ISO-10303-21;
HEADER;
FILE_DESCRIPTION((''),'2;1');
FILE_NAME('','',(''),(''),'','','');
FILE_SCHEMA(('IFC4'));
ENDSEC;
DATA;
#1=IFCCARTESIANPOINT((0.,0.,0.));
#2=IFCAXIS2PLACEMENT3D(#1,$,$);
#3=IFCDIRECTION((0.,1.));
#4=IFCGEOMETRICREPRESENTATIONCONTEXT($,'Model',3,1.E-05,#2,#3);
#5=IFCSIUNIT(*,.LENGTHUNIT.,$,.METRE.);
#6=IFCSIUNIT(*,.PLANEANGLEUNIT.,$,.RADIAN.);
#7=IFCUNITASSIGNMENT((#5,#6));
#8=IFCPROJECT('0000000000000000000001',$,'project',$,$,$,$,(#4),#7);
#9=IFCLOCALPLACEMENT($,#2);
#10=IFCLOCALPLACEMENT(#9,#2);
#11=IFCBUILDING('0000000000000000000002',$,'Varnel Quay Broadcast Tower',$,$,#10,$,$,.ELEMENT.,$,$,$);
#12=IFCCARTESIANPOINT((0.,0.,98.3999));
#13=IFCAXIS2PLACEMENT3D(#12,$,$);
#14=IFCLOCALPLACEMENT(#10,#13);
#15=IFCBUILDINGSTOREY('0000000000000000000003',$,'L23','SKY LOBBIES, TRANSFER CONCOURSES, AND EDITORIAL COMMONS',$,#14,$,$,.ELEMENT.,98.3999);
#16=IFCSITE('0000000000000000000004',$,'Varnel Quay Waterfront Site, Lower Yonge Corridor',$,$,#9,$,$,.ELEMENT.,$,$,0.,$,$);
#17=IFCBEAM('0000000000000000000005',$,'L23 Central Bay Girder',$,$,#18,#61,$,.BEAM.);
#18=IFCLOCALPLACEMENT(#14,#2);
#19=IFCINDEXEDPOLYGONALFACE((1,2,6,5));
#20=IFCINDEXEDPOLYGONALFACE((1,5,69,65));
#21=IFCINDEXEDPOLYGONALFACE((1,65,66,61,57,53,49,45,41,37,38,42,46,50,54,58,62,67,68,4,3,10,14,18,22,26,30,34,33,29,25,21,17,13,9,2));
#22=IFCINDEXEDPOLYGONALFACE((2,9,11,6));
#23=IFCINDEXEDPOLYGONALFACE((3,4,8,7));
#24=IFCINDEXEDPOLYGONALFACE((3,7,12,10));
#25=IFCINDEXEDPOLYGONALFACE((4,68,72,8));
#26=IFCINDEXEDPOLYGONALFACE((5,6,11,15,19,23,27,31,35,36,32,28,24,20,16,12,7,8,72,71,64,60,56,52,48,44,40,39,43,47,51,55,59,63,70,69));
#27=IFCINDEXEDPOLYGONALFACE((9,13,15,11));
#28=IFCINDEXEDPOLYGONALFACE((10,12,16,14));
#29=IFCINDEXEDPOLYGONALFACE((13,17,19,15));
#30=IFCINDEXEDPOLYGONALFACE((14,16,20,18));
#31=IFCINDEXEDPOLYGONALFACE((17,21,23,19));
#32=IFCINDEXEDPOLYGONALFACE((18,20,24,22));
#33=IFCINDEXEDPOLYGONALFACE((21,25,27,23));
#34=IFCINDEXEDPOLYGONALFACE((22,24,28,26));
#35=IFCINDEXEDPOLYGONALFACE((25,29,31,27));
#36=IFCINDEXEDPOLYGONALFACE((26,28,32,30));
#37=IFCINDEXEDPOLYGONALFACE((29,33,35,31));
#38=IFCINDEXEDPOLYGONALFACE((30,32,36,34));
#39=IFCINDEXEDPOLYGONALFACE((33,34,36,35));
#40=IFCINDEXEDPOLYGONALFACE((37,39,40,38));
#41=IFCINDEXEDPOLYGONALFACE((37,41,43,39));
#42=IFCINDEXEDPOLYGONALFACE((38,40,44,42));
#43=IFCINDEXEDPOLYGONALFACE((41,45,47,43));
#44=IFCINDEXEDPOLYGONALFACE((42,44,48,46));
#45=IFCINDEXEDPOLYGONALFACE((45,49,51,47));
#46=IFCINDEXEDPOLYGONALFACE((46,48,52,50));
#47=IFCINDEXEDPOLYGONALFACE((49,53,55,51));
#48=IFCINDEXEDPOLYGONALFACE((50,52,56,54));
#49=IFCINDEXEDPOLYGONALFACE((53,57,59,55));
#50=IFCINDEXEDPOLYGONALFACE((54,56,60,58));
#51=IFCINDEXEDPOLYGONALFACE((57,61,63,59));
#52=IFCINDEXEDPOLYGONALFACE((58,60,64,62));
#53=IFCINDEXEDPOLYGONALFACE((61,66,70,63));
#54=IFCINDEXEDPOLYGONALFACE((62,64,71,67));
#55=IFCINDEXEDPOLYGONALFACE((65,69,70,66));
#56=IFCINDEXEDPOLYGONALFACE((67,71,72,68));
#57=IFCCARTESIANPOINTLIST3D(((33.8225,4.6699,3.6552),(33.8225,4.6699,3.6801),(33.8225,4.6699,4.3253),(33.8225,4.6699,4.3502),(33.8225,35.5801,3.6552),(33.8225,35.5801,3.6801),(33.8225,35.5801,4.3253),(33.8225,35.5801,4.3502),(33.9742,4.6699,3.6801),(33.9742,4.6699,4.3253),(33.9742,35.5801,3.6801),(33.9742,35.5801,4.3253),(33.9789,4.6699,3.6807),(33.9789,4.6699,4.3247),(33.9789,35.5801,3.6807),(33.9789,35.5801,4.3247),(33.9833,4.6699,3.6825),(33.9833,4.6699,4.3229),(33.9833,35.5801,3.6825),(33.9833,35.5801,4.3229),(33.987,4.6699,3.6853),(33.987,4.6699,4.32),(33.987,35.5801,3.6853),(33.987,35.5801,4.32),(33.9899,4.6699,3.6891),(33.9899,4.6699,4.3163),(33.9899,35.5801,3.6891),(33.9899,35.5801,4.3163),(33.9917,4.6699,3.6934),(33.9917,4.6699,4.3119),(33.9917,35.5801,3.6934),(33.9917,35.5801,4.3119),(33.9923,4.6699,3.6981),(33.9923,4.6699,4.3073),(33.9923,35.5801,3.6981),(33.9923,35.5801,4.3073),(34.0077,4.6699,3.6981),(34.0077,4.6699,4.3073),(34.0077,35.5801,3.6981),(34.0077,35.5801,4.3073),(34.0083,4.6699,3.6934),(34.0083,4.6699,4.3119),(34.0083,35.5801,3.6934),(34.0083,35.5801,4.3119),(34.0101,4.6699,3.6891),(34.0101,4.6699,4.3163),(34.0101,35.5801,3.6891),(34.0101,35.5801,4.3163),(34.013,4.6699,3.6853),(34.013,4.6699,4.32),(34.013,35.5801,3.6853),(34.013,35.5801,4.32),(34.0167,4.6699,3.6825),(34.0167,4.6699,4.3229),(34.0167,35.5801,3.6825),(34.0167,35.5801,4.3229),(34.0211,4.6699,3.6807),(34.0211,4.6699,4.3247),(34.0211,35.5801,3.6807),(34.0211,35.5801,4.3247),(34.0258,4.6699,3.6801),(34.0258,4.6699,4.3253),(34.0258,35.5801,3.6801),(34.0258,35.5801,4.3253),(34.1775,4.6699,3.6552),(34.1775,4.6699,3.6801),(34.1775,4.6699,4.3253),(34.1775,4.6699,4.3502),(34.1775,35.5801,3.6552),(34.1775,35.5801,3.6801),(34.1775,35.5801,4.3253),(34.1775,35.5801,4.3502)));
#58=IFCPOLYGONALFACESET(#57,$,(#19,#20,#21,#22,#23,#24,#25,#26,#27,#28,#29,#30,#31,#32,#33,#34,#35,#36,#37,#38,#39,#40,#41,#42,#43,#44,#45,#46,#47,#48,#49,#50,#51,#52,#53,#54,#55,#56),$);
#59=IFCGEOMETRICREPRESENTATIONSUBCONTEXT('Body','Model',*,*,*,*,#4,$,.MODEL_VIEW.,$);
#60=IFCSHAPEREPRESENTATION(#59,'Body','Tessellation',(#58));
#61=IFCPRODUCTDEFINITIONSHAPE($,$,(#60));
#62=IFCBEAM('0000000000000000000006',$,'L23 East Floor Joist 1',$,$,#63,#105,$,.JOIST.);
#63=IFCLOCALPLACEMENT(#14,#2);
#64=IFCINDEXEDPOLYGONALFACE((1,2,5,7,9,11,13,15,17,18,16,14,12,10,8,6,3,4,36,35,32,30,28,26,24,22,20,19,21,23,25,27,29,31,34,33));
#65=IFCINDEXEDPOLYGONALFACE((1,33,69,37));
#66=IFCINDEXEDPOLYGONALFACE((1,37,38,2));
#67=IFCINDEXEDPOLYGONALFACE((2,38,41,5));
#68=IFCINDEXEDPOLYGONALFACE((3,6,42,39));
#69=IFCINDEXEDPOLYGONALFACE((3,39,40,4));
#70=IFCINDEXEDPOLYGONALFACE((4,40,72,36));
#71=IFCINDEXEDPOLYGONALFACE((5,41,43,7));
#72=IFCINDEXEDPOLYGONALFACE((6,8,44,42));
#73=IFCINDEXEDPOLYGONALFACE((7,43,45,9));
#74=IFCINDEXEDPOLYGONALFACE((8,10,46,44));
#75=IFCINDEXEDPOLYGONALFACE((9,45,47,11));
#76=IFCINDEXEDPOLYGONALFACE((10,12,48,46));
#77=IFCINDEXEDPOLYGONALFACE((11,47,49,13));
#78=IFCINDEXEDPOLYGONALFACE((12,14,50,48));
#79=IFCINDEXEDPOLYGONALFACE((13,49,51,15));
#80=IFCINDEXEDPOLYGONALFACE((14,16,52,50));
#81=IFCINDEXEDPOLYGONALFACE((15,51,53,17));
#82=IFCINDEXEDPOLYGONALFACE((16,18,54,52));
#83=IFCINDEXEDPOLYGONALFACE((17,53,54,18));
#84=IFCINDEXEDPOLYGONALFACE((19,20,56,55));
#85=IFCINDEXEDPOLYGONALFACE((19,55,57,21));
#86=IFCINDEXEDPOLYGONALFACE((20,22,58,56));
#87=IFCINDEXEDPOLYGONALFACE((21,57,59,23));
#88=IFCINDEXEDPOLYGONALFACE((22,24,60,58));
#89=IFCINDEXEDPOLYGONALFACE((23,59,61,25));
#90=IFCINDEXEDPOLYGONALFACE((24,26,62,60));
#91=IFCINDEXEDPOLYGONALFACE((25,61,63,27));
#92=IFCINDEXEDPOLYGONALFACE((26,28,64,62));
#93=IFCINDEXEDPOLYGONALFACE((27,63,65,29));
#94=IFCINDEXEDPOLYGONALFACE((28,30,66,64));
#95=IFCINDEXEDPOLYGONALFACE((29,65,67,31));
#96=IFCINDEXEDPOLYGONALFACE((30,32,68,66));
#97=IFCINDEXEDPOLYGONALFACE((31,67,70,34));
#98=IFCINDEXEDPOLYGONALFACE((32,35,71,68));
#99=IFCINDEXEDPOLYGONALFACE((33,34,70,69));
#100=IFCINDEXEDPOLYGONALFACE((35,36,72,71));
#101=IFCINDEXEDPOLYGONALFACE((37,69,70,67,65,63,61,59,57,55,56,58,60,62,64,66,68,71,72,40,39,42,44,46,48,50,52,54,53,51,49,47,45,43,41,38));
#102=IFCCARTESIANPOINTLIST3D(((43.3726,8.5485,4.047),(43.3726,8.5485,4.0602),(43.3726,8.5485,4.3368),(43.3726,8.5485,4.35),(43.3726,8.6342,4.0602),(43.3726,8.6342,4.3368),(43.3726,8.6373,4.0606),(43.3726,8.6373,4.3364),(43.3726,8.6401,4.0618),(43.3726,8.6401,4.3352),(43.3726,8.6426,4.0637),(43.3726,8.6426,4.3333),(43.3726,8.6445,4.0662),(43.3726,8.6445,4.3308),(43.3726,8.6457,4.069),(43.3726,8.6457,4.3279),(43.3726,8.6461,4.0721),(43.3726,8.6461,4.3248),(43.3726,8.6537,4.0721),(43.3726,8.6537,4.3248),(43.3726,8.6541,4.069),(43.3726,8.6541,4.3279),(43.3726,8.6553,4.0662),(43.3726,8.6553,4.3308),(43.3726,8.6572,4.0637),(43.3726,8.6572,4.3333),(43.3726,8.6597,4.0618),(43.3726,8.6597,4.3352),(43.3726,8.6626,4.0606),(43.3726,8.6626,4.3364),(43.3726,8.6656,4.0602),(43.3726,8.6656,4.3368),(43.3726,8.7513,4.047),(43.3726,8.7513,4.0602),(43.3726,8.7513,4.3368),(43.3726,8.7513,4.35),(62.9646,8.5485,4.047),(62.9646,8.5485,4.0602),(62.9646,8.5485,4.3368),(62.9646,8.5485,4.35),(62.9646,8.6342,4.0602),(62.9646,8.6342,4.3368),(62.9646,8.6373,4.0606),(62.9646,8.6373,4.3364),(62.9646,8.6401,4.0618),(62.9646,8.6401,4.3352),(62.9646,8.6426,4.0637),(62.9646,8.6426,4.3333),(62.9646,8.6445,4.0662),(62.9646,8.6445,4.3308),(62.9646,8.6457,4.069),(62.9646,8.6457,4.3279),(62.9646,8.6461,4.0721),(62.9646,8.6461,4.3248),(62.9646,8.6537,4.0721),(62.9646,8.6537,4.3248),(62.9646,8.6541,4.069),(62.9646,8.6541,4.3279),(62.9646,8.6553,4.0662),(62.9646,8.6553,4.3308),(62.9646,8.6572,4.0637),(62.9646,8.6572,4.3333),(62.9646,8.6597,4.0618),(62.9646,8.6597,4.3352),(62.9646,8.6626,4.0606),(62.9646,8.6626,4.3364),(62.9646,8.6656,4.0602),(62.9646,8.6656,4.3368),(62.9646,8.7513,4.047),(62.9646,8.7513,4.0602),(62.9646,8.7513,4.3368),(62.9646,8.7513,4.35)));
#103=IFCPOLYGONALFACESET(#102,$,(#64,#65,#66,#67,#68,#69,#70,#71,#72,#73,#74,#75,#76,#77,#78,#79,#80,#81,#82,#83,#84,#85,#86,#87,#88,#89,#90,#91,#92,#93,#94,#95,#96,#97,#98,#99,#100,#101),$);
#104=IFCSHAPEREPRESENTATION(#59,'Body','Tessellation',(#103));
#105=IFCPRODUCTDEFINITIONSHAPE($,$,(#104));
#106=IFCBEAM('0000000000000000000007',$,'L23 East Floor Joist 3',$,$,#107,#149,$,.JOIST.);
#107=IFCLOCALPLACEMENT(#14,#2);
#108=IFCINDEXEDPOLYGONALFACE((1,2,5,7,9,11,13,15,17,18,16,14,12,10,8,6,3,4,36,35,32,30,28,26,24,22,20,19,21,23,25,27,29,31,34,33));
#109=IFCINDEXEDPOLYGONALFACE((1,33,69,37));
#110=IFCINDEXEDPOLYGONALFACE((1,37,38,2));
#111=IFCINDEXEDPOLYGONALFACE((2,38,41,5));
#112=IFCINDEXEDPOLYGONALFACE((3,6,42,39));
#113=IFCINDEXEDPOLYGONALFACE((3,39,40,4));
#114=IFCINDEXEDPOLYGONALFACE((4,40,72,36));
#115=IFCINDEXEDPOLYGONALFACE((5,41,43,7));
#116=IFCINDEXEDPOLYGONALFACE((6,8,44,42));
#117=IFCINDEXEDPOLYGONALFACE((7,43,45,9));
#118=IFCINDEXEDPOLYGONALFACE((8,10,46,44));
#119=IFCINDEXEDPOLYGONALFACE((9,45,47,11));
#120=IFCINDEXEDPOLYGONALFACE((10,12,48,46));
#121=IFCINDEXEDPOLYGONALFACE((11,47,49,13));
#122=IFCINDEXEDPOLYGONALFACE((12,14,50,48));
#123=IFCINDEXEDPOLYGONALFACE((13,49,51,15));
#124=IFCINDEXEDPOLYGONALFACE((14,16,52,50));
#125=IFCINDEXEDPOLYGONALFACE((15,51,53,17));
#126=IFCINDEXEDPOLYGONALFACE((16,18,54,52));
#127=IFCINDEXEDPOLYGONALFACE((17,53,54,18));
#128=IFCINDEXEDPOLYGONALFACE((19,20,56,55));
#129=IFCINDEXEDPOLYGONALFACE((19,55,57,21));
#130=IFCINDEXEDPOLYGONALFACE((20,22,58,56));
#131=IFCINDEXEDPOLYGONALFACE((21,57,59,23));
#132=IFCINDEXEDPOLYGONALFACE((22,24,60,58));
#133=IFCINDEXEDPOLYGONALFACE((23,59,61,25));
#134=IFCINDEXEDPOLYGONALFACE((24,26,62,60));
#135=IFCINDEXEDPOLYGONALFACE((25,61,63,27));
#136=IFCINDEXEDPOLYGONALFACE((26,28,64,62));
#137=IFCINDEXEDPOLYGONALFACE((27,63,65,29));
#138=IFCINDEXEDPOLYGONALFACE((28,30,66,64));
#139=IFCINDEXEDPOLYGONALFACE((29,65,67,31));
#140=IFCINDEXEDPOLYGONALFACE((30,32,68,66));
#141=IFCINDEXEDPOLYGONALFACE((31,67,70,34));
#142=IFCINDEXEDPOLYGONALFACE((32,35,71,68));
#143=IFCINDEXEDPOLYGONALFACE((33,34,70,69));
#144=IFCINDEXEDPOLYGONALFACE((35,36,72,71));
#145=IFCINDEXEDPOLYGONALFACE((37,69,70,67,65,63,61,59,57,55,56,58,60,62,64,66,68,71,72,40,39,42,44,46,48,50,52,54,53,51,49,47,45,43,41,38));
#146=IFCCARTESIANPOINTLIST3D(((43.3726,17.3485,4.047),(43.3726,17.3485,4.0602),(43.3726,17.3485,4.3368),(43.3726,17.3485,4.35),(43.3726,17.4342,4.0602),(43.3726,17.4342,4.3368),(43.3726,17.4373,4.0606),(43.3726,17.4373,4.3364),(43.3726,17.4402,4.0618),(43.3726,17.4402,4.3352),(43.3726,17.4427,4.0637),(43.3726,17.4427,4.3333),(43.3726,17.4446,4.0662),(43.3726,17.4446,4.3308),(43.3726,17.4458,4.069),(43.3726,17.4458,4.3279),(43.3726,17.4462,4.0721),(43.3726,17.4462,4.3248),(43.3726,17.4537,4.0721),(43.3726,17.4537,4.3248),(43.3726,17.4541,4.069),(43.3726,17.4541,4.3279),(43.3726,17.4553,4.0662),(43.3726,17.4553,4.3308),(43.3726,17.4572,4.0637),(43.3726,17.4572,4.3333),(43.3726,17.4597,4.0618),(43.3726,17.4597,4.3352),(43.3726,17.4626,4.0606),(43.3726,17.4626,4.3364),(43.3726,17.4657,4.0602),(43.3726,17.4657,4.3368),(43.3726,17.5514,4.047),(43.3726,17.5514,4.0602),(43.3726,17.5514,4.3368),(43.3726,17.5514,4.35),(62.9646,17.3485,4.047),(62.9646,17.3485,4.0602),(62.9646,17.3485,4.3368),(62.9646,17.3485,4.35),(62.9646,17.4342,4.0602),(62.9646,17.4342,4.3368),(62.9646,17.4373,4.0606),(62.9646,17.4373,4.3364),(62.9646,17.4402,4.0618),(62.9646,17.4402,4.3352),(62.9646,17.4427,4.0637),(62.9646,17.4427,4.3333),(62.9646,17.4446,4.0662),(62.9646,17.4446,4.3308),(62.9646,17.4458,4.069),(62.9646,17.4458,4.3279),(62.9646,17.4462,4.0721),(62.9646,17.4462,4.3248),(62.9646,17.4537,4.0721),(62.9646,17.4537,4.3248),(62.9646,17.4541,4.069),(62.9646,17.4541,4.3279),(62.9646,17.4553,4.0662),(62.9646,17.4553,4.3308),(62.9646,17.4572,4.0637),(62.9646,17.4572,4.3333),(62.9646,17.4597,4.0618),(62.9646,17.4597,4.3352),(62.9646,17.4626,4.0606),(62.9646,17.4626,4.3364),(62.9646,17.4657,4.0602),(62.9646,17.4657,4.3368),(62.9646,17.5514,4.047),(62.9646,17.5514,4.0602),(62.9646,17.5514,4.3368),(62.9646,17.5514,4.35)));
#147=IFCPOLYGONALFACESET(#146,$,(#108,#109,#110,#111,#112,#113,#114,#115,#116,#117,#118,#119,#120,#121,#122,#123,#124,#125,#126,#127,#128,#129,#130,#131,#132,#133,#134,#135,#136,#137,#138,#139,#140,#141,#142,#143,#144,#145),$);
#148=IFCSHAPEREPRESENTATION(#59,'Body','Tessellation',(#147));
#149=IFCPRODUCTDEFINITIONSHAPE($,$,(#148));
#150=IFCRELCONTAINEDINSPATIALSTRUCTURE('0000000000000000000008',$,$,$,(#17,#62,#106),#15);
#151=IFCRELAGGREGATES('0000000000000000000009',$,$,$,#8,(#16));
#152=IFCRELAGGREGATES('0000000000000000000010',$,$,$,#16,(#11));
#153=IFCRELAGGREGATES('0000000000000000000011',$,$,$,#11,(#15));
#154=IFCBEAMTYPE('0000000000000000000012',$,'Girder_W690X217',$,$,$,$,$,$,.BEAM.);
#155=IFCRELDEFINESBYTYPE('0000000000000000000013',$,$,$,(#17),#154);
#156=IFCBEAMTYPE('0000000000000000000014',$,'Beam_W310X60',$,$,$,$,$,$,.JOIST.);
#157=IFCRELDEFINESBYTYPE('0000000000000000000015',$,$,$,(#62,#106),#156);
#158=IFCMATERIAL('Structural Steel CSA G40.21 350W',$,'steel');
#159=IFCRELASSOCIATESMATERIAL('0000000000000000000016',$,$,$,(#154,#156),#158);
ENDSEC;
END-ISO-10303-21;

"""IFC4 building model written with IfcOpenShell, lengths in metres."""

from ifc_helpers import new_model, si_unit, direction, frame, origin, origin_2d, place, context, subcontext, project, spatial, i_section, extrude, source, transform, mapped, material, material_profile, profile_set, type_object, type_shapes, element, save


model = new_model("IFC4")

# Units and contexts
model_context = context("Model", 3, precision=1e-05, world=origin(), true_north=direction((0.0, 1.0)))
body_context = subcontext(model_context, "Body", "Model", "MODEL_VIEW")
ifc_project = project(units=[si_unit("LENGTHUNIT", "METRE"), si_unit("PLANEANGLEUNIT", "RADIAN")], contexts=[model_context])

# Site, building, storey
site_placement = place(None, origin())
site = spatial("IfcSite", under=ifc_project, at=site_placement, Name="Varnel Quay Waterfront Site, Lower Yonge Corridor", CompositionType="ELEMENT", RefElevation=0.0)
building_placement = place(site_placement, origin())
building = spatial("IfcBuilding", under=site, at=building_placement, Name="Varnel Quay Broadcast Tower", CompositionType="ELEMENT")
storey_placement = place(building_placement, frame((0.0, 0.0, 98.3999)))
storey = spatial("IfcBuildingStorey", under=building, at=storey_placement, Name="L23", Description="SKY LOBBIES, TRANSFER CONCOURSES, AND EDITORIAL COMMONS", CompositionType="ELEMENT", Elevation=98.3999)

# Shared definitions
ifc_material_1 = material(Name="Structural Steel CSA G40.21 350W", Category="steel")

# Beams
ifc_material_profile_1 = material_profile(ifc_material_1, i_section(OverallWidth=0.355, OverallDepth=0.6951, WebThickness=0.0154, FlangeThickness=0.0249, FilletRadius=0.0181, at=origin_2d()), Name="W690X217")
ifc_profile_set_1 = profile_set([ifc_material_profile_1], Name="Structural Steel CSA G40.21 350W")
beam_type_1 = type_object("IfcBeamType", Name="Girder_W690X217", PredefinedType="BEAM", material=ifc_profile_set_1)
shared_shape_1 = source(origin(), body_context, "Body", "SweptSolid", [
    extrude(i_section(OverallWidth=0.355, OverallDepth=0.6951, WebThickness=0.0154, FlangeThickness=0.0249, FilletRadius=0.0181, at=origin_2d()), origin(), (0.0, 0.0, 1.0), 30.9102),
])
beam_1_placement = place(storey_placement, frame((34.0, 4.6699, 4.0027), z_axis=(0.0, 1.0, 0.0), x_axis=(-1.0, 0.0, 0.0)))
element("IfcBeam", 1, at=beam_1_placement, inside=storey, type_object=beam_type_1, Name="L23 Central Bay Girder", PredefinedType="BEAM", context=body_context, shape_type="MappedRepresentation", body=[
    mapped(shared_shape_1, transform((0.0, 0.0, 0.0), x_axis=(1.0, 0.0, 0.0), y_axis=(0.0, 1.0, 0.0), z_axis=(0.0, 0.0, 1.0), scale=1.0)),
])
ifc_material_profile_2 = material_profile(ifc_material_1, i_section(OverallWidth=0.2029, OverallDepth=0.303, WebThickness=0.0076, FlangeThickness=0.0132, FilletRadius=0.012, at=origin_2d()), Name="W310X60")
ifc_profile_set_2 = profile_set([ifc_material_profile_2], Name="Structural Steel CSA G40.21 350W")
beam_type_2 = type_object("IfcBeamType", Name="Beam_W310X60", PredefinedType="JOIST", material=ifc_profile_set_2)
shared_shape_2 = source(origin(), body_context, "Body", "SweptSolid", [
    extrude(i_section(OverallWidth=0.2029, OverallDepth=0.303, WebThickness=0.0076, FlangeThickness=0.0132, FilletRadius=0.012, at=origin_2d()), origin(), (0.0, 0.0, 1.0), 19.592),
])
type_shapes(beam_type_2, [shared_shape_2])
for number, where, z_axis, x_axis, name in (
    (2, (43.3726, 8.6499, 4.1985), (1.0, 0.0, 0.0), (0.0, 1.0, 0.0), "L23 East Floor Joist 1"),
    (3, (43.3726, 17.45, 4.1985), (1.0, 0.0, 0.0), (0.0, 1.0, 0.0), "L23 East Floor Joist 3"),
):
    element("IfcBeam", number, at=place(storey_placement, frame(where, z_axis=z_axis, x_axis=x_axis)), inside=storey, type_object=beam_type_2, Name=name, PredefinedType="JOIST", context=body_context, shape_type="MappedRepresentation", body=[
        mapped(shared_shape_2, transform((0.0, 0.0, 0.0), x_axis=(1.0, 0.0, 0.0), y_axis=(0.0, 1.0, 0.0), z_axis=(0.0, 0.0, 1.0), scale=1.0)),
    ])

save(model, "model.ifc")
